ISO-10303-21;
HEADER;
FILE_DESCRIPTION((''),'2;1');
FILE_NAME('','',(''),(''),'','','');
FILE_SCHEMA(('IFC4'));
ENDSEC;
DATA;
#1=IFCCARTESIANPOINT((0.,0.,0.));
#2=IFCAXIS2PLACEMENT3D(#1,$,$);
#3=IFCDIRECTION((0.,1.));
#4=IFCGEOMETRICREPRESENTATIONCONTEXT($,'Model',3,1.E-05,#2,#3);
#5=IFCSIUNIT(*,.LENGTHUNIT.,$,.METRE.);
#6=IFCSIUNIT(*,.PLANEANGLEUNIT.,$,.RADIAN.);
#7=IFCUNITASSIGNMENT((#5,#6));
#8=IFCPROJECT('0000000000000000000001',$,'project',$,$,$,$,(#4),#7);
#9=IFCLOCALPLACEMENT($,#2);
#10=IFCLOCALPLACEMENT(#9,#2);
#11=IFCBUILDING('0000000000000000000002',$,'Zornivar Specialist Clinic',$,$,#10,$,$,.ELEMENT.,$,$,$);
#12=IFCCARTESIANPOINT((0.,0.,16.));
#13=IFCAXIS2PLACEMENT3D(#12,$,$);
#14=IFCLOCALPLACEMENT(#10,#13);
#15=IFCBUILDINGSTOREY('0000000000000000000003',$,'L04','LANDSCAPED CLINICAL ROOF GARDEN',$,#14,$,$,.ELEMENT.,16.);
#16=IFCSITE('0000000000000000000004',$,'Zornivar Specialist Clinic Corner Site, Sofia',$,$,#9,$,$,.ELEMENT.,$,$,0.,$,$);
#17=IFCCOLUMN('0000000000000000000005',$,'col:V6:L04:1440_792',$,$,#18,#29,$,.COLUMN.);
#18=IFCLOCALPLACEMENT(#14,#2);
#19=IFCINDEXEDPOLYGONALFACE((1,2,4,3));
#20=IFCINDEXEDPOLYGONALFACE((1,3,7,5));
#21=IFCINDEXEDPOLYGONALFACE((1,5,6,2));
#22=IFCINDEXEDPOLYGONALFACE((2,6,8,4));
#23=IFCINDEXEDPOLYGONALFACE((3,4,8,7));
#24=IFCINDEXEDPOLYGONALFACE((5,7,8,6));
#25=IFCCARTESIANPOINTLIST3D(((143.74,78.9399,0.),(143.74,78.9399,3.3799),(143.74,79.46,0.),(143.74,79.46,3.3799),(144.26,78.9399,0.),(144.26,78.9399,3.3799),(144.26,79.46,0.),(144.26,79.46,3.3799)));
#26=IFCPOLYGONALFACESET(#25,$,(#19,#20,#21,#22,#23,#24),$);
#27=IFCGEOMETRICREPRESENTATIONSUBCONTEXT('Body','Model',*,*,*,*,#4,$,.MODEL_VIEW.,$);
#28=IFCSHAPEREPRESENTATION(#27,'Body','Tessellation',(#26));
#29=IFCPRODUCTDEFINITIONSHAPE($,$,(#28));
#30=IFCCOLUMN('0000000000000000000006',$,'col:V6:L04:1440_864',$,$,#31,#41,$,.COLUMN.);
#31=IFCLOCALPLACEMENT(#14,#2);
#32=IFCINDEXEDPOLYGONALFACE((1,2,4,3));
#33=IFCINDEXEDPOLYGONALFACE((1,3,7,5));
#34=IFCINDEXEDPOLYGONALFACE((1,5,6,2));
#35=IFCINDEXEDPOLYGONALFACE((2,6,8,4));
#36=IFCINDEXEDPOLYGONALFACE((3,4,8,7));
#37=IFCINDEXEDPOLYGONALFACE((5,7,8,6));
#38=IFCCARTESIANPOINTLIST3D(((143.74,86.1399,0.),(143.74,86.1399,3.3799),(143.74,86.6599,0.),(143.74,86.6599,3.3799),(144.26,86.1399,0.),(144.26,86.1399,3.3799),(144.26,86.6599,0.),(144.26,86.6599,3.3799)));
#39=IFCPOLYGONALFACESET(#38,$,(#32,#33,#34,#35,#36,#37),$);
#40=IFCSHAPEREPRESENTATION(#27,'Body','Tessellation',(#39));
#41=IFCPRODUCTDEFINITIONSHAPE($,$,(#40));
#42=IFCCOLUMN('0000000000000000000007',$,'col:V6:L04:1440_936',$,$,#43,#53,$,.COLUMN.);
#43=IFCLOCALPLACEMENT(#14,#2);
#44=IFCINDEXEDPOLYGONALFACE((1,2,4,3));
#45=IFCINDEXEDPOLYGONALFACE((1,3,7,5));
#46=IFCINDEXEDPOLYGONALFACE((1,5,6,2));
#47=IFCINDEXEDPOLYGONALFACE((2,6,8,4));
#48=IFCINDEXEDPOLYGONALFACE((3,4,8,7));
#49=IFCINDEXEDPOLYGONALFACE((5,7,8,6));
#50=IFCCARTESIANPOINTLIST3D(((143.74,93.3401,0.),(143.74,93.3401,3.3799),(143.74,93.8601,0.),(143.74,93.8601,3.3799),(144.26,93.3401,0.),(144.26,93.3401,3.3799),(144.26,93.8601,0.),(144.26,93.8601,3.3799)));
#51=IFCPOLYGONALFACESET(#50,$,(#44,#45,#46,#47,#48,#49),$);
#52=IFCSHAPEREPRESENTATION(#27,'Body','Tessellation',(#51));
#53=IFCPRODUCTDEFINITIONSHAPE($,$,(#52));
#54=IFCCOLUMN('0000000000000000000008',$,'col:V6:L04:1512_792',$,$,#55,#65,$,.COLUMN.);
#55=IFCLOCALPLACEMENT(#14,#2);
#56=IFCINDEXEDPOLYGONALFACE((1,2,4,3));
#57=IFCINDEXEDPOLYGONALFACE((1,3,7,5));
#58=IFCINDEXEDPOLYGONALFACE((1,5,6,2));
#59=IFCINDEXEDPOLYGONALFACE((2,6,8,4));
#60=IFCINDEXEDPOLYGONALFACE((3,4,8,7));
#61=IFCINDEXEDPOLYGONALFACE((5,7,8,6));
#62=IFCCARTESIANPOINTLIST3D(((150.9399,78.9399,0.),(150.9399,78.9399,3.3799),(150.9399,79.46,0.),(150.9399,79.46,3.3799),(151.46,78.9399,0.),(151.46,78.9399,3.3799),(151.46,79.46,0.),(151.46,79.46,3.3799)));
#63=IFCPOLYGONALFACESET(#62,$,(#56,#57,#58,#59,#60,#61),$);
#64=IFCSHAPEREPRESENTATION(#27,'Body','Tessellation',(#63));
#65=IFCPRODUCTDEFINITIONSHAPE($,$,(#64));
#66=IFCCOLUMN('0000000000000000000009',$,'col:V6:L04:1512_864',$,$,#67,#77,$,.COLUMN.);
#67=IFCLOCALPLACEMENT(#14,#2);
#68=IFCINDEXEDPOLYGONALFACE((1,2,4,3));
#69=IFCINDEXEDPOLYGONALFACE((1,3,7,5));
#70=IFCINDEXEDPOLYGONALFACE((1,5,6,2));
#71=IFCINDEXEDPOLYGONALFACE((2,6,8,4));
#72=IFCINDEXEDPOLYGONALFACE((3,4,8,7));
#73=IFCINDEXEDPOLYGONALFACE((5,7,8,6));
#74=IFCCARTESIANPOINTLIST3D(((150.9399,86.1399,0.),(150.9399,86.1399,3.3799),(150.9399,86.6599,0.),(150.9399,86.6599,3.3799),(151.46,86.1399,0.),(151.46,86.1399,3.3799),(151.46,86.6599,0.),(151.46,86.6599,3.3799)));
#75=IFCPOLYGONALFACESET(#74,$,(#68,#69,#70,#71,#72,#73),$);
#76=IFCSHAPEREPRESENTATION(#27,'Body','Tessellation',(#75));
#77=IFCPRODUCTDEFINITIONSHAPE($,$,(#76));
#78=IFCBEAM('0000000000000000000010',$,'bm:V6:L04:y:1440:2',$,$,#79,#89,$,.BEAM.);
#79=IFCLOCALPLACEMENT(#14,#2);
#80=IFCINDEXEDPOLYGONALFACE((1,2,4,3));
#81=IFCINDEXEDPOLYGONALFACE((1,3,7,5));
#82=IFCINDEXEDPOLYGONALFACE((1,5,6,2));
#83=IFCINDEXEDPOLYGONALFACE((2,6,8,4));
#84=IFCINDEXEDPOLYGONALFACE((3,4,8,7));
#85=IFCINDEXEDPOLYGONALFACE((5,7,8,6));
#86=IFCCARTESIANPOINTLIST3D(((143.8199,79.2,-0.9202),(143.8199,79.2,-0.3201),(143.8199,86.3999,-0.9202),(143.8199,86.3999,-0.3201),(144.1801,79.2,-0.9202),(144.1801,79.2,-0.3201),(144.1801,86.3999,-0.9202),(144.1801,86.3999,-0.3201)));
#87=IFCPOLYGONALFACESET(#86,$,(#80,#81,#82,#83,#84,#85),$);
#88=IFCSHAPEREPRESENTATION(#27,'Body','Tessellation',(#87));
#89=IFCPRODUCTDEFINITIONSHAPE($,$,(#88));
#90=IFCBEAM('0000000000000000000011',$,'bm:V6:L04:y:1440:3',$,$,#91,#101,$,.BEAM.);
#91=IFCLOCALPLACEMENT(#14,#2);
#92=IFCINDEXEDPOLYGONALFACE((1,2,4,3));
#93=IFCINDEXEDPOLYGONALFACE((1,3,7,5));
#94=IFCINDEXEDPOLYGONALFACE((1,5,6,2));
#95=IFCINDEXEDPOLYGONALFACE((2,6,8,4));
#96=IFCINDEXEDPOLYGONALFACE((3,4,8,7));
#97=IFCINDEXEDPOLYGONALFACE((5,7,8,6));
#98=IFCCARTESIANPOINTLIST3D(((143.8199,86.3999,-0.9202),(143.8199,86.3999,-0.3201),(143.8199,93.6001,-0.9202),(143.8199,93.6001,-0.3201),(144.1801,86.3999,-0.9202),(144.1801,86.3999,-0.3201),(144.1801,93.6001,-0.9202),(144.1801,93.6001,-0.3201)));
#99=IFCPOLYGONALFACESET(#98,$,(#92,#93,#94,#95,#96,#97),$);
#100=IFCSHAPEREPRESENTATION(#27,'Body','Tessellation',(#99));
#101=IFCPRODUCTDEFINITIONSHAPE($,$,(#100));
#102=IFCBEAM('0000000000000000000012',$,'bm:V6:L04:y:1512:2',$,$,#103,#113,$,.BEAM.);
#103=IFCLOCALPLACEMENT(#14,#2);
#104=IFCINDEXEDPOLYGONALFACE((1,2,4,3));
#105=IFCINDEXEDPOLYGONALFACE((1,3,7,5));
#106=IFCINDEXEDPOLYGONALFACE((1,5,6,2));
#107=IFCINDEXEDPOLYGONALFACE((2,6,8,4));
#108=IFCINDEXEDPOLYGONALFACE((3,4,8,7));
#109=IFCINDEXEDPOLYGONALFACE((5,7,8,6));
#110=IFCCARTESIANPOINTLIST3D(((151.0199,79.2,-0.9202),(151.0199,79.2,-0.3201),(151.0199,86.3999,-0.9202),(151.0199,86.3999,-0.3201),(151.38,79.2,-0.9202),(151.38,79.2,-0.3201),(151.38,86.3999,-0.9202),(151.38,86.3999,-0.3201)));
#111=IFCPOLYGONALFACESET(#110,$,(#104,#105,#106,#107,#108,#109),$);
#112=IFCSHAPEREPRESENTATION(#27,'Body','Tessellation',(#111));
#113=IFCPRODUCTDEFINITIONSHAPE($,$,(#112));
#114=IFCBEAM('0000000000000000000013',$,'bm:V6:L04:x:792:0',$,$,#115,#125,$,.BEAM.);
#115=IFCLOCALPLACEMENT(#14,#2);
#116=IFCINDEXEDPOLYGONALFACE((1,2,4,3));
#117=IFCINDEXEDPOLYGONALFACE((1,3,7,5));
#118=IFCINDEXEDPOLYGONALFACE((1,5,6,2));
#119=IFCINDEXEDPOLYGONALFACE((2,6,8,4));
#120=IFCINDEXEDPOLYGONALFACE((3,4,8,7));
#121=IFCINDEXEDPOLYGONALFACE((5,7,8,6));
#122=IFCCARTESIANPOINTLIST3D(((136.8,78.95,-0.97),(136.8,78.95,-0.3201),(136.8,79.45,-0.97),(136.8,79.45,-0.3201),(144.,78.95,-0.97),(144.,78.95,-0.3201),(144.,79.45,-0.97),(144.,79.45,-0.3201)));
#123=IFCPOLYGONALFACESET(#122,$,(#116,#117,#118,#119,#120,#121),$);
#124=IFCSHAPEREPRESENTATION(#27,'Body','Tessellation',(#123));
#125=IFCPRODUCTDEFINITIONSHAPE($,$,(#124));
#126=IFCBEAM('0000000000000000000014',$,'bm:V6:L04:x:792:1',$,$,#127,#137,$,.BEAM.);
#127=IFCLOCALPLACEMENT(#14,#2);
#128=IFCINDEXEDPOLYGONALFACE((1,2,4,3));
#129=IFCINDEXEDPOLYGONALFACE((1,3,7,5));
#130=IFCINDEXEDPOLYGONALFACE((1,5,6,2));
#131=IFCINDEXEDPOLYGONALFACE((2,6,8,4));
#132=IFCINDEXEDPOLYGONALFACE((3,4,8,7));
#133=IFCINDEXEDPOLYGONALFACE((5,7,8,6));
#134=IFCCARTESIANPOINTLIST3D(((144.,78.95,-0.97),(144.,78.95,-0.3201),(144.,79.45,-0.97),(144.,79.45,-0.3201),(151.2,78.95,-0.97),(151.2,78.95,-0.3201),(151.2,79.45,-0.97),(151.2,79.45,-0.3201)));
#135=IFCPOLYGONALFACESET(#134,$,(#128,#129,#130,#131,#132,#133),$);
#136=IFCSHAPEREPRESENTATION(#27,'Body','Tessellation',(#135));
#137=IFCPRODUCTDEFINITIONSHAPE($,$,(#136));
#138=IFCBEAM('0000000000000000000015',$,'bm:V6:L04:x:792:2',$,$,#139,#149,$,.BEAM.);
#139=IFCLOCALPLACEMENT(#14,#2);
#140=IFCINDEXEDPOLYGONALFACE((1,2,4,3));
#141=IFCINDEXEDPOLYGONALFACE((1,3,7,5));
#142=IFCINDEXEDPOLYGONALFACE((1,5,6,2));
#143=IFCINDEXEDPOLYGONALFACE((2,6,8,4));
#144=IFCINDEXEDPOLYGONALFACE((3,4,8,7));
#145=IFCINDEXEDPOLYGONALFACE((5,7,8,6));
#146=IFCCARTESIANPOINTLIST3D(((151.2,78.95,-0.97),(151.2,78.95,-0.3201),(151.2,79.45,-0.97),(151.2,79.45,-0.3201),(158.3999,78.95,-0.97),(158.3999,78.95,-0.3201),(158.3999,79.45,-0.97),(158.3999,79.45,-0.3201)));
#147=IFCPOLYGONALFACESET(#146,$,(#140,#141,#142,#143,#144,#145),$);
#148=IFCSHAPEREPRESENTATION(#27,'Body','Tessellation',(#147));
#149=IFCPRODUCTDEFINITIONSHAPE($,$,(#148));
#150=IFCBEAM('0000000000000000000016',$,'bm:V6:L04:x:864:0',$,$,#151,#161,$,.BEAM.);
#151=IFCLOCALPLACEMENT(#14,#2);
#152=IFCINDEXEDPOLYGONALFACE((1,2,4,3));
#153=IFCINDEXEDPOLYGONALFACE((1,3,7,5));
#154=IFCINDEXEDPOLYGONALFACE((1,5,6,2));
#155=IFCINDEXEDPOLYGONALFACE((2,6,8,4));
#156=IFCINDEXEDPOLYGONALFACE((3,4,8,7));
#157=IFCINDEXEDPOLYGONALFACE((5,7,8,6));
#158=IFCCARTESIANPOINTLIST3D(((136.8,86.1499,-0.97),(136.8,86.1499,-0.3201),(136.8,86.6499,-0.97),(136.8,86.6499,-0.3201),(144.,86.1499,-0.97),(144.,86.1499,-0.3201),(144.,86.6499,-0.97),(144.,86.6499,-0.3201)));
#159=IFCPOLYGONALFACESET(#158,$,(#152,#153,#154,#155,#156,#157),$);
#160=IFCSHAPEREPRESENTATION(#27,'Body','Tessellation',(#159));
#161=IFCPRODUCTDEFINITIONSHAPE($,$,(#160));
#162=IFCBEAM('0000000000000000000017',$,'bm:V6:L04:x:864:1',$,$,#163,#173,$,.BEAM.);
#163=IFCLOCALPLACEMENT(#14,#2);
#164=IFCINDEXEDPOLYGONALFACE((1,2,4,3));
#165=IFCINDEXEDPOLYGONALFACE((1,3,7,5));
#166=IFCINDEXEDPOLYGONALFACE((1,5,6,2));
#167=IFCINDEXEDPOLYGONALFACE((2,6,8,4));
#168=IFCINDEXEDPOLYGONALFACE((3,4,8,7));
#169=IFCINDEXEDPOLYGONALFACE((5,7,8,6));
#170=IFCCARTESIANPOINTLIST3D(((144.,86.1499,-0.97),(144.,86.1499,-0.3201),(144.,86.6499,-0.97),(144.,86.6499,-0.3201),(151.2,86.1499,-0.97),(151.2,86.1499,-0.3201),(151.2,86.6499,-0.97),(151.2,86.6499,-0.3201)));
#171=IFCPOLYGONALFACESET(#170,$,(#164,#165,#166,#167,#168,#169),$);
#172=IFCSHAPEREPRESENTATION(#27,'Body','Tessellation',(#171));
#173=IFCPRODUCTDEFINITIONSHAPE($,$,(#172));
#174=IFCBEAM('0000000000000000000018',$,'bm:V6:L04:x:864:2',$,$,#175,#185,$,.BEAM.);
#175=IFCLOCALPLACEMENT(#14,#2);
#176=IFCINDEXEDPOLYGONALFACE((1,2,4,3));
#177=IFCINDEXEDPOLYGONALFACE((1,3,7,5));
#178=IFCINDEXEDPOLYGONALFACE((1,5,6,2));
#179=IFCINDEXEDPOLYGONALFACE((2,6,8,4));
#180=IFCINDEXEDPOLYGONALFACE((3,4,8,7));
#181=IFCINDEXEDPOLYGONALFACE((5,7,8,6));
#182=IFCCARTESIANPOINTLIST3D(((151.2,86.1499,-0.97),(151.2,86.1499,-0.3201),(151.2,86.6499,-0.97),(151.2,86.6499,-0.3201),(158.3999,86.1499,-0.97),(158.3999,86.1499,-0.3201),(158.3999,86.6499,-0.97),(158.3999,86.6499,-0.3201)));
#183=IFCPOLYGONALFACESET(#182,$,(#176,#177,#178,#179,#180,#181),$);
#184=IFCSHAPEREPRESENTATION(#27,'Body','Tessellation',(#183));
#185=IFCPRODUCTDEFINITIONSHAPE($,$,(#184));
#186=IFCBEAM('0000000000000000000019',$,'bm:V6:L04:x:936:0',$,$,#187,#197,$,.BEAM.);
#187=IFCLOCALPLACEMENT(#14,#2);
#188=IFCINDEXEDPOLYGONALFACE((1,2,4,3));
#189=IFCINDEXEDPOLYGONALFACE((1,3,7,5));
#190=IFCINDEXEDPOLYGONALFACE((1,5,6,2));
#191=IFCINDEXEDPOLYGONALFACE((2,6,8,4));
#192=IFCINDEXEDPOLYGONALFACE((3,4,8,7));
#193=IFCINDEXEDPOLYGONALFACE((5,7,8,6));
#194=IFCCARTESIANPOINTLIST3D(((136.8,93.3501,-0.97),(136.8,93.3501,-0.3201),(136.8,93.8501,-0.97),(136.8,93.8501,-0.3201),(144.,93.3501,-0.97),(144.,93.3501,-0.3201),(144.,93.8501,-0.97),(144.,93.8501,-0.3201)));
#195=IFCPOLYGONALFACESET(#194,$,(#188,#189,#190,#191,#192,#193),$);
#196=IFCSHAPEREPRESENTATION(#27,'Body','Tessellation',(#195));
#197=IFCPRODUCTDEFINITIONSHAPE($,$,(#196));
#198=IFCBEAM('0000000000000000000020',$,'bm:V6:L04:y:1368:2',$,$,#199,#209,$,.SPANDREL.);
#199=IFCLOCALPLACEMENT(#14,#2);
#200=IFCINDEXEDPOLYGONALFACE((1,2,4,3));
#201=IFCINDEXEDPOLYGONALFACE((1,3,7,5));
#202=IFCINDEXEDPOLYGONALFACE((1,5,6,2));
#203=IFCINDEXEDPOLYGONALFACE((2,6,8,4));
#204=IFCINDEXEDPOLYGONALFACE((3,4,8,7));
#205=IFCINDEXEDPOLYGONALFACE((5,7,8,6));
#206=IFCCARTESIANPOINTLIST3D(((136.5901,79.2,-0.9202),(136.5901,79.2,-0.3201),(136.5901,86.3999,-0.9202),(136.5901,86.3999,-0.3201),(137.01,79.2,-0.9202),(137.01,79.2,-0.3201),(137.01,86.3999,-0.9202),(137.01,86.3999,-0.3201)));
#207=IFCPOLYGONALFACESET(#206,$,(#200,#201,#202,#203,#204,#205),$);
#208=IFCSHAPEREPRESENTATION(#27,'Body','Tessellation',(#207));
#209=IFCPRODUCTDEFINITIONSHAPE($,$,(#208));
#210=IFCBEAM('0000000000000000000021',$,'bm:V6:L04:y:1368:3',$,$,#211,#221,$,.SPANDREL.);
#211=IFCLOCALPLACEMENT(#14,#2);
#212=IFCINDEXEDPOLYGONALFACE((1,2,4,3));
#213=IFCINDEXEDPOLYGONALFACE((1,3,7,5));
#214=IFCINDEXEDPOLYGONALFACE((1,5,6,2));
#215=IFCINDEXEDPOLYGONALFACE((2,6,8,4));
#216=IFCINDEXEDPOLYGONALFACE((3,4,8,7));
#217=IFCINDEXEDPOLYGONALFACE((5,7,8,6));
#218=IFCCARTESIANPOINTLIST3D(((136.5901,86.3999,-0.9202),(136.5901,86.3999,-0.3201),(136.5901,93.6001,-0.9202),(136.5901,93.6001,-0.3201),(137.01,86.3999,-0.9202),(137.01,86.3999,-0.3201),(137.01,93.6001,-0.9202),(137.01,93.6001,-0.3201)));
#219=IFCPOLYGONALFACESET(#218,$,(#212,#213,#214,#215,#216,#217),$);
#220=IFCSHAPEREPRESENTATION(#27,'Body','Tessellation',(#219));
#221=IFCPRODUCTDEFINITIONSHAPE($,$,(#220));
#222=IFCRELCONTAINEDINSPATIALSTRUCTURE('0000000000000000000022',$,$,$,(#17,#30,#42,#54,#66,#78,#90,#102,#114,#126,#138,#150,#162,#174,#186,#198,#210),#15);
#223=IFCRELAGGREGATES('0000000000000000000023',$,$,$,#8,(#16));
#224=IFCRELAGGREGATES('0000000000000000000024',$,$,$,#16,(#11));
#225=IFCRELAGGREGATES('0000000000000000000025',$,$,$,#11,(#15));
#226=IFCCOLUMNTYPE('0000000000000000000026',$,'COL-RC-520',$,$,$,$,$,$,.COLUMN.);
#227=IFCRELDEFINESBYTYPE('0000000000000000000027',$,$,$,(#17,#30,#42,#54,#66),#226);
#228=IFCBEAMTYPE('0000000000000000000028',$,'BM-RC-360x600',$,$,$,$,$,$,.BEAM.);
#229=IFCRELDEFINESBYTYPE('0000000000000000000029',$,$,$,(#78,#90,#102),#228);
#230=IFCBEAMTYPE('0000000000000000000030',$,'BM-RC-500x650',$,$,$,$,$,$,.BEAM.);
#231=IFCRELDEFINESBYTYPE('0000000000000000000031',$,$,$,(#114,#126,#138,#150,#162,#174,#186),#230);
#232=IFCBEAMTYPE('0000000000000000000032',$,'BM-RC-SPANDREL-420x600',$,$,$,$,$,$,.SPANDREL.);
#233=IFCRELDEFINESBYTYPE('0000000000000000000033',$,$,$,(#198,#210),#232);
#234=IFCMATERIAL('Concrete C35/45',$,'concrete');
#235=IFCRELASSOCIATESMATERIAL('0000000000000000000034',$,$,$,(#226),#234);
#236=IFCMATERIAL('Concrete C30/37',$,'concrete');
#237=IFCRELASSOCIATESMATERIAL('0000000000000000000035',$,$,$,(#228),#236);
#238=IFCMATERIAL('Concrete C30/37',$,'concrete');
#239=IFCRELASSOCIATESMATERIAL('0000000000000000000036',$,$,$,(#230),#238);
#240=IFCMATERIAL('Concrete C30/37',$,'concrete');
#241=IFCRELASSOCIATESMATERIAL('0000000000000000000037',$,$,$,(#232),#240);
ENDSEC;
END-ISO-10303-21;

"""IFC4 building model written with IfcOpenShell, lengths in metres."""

from ifc_helpers import new_model, si_unit, direction, frame, origin, origin_2d, place, context, subcontext, project, spatial, rectangle, extrude, material, material_profile, profile_set, type_object, element, save


model = new_model("IFC4")

# Units and contexts
model_context = context("Model", 3, precision=1e-05, world=origin(), true_north=direction((0.0, 1.0)))
body_context = subcontext(model_context, "Body", "Model", "MODEL_VIEW")
ifc_project = project(units=[si_unit("LENGTHUNIT", "METRE"), si_unit("PLANEANGLEUNIT", "RADIAN")], contexts=[model_context])

# Site, building, storey
site_placement = place(None, origin())
site = spatial("IfcSite", under=ifc_project, at=site_placement, Name="Zornivar Specialist Clinic Corner Site, Sofia", CompositionType="ELEMENT", RefElevation=0.0)
building_placement = place(site_placement, origin())
building = spatial("IfcBuilding", under=site, at=building_placement, Name="Zornivar Specialist Clinic", CompositionType="ELEMENT")
storey_placement = place(building_placement, frame((0.0, 0.0, 16.0)))
storey = spatial("IfcBuildingStorey", under=building, at=storey_placement, Name="L04", Description="LANDSCAPED CLINICAL ROOF GARDEN", CompositionType="ELEMENT", Elevation=16.0)

# Columns
ifc_material_1 = material(Name="Concrete C35/45", Category="concrete")
ifc_material_profile_1 = material_profile(ifc_material_1, rectangle(XDim=0.52, YDim=0.52, at=origin_2d()), Name="RC 520x520")
ifc_profile_set_1 = profile_set([ifc_material_profile_1], Name="Concrete C35/45")
column_type = type_object("IfcColumnType", Name="COL-RC-520", PredefinedType="COLUMN", material=ifc_profile_set_1)
for number, where, z_axis, x_axis, name in (
    (1, (144.0, 79.2, 0.0), (0.0, 0.0, 1.0), (1.0, 0.0, 0.0), "col:V6:L04:1440_792"),
    (2, (144.0, 86.3999, 0.0), (0.0, 0.0, 1.0), (1.0, 0.0, 0.0), "col:V6:L04:1440_864"),
    (3, (144.0, 93.6001, 0.0), (0.0, 0.0, 1.0), (1.0, 0.0, 0.0), "col:V6:L04:1440_936"),
    (4, (151.2, 79.2, 0.0), (0.0, 0.0, 1.0), (1.0, 0.0, 0.0), "col:V6:L04:1512_792"),
    (5, (151.2, 86.3999, 0.0), (0.0, 0.0, 1.0), (1.0, 0.0, 0.0), "col:V6:L04:1512_864"),
):
    element("IfcColumn", number, at=place(storey_placement, frame(where, z_axis=z_axis, x_axis=x_axis)), inside=storey, type_object=column_type, Name=name, PredefinedType="COLUMN", context=body_context, shape_type="SweptSolid", body=[
        extrude(rectangle(XDim=0.52, YDim=0.52, at=origin_2d()), origin(), (0.0, 0.0, 1.0), 3.3799),
    ])

# Beams
ifc_material_2 = material(Name="Concrete C30/37", Category="concrete")
ifc_material_profile_2 = material_profile(ifc_material_2, rectangle(XDim=0.3601, YDim=0.6001, at=origin_2d()), Name="RC 360x600")
ifc_profile_set_2 = profile_set([ifc_material_profile_2], Name="Concrete C30/37")
beam_type_1 = type_object("IfcBeamType", Name="BM-RC-360x600", PredefinedType="BEAM", material=ifc_profile_set_2)
beam_1_placement = place(storey_placement, frame((144.0, 79.2, -0.6201), z_axis=(0.0, 1.0, 0.0), x_axis=(-1.0, 0.0, 0.0)))
element("IfcBeam", 6, at=beam_1_placement, inside=storey, type_object=beam_type_1, Name="bm:V6:L04:y:1440:2", PredefinedType="BEAM", context=body_context, shape_type="SweptSolid", body=[
    extrude(rectangle(XDim=0.3601, YDim=0.6001, at=origin_2d()), origin(), (0.0, 0.0, 1.0), 7.2),
])
beam_2_placement = place(storey_placement, frame((144.0, 86.3999, -0.6201), z_axis=(0.0, 1.0, 0.0), x_axis=(-1.0, 0.0, 0.0)))
element("IfcBeam", 7, at=beam_2_placement, inside=storey, type_object=beam_type_1, Name="bm:V6:L04:y:1440:3", PredefinedType="BEAM", context=body_context, shape_type="SweptSolid", body=[
    extrude(rectangle(XDim=0.3601, YDim=0.6001, at=origin_2d()), origin(), (0.0, 0.0, 1.0), 7.2002),
])
beam_3_placement = place(storey_placement, frame((151.2, 79.2, -0.6201), z_axis=(0.0, 1.0, 0.0), x_axis=(-1.0, 0.0, 0.0)))
element("IfcBeam", 8, at=beam_3_placement, inside=storey, type_object=beam_type_1, Name="bm:V6:L04:y:1512:2", PredefinedType="BEAM", context=body_context, shape_type="SweptSolid", body=[
    extrude(rectangle(XDim=0.3601, YDim=0.6001, at=origin_2d()), origin(), (0.0, 0.0, 1.0), 7.2),
])
ifc_material_3 = material(Name="Concrete C30/37", Category="concrete")
ifc_material_profile_3 = material_profile(ifc_material_3, rectangle(XDim=0.5, YDim=0.6499, at=origin_2d()), Name="RC 500x650")
ifc_profile_set_3 = profile_set([ifc_material_profile_3], Name="Concrete C30/37")
beam_type_2 = type_object("IfcBeamType", Name="BM-RC-500x650", PredefinedType="BEAM", material=ifc_profile_set_3)
for number, where, z_axis, x_axis, name in (
    (9, (136.8, 79.2, -0.645), (1.0, 0.0, 0.0), (0.0, 1.0, 0.0), "bm:V6:L04:x:792:0"),
    (10, (144.0, 79.2, -0.645), (1.0, 0.0, 0.0), (0.0, 1.0, 0.0), "bm:V6:L04:x:792:1"),
    (11, (151.2, 79.2, -0.645), (1.0, 0.0, 0.0), (0.0, 1.0, 0.0), "bm:V6:L04:x:792:2"),
    (12, (136.8, 86.3999, -0.645), (1.0, 0.0, 0.0), (0.0, 1.0, 0.0), "bm:V6:L04:x:864:0"),
    (13, (144.0, 86.3999, -0.645), (1.0, 0.0, 0.0), (0.0, 1.0, 0.0), "bm:V6:L04:x:864:1"),
    (14, (151.2, 86.3999, -0.645), (1.0, 0.0, 0.0), (0.0, 1.0, 0.0), "bm:V6:L04:x:864:2"),
    (15, (136.8, 93.6001, -0.645), (1.0, 0.0, 0.0), (0.0, 1.0, 0.0), "bm:V6:L04:x:936:0"),
):
    element("IfcBeam", number, at=place(storey_placement, frame(where, z_axis=z_axis, x_axis=x_axis)), inside=storey, type_object=beam_type_2, Name=name, PredefinedType="BEAM", context=body_context, shape_type="SweptSolid", body=[
        extrude(rectangle(XDim=0.5, YDim=0.6499, at=origin_2d()), origin(), (0.0, 0.0, 1.0), 7.2),
    ])
ifc_material_4 = material(Name="Concrete C30/37", Category="concrete")
ifc_material_profile_4 = material_profile(ifc_material_4, rectangle(XDim=0.4199, YDim=0.6001, at=origin_2d()), Name="RC 420x600")
ifc_profile_set_4 = profile_set([ifc_material_profile_4], Name="Concrete C30/37")
beam_type_3 = type_object("IfcBeamType", Name="BM-RC-SPANDREL-420x600", PredefinedType="SPANDREL", material=ifc_profile_set_4)
beam_4_placement = place(storey_placement, frame((136.8, 79.2, -0.6201), z_axis=(0.0, 1.0, 0.0), x_axis=(-1.0, 0.0, 0.0)))
element("IfcBeam", 16, at=beam_4_placement, inside=storey, type_object=beam_type_3, Name="bm:V6:L04:y:1368:2", PredefinedType="SPANDREL", context=body_context, shape_type="SweptSolid", body=[
    extrude(rectangle(XDim=0.4199, YDim=0.6001, at=origin_2d()), origin(), (0.0, 0.0, 1.0), 7.2),
])
beam_5_placement = place(storey_placement, frame((136.8, 86.3999, -0.6201), z_axis=(0.0, 1.0, 0.0), x_axis=(-1.0, 0.0, 0.0)))
element("IfcBeam", 17, at=beam_5_placement, inside=storey, type_object=beam_type_3, Name="bm:V6:L04:y:1368:3", PredefinedType="SPANDREL", context=body_context, shape_type="SweptSolid", body=[
    extrude(rectangle(XDim=0.4199, YDim=0.6001, at=origin_2d()), origin(), (0.0, 0.0, 1.0), 7.2002),
])

save(model, "model.ifc")
